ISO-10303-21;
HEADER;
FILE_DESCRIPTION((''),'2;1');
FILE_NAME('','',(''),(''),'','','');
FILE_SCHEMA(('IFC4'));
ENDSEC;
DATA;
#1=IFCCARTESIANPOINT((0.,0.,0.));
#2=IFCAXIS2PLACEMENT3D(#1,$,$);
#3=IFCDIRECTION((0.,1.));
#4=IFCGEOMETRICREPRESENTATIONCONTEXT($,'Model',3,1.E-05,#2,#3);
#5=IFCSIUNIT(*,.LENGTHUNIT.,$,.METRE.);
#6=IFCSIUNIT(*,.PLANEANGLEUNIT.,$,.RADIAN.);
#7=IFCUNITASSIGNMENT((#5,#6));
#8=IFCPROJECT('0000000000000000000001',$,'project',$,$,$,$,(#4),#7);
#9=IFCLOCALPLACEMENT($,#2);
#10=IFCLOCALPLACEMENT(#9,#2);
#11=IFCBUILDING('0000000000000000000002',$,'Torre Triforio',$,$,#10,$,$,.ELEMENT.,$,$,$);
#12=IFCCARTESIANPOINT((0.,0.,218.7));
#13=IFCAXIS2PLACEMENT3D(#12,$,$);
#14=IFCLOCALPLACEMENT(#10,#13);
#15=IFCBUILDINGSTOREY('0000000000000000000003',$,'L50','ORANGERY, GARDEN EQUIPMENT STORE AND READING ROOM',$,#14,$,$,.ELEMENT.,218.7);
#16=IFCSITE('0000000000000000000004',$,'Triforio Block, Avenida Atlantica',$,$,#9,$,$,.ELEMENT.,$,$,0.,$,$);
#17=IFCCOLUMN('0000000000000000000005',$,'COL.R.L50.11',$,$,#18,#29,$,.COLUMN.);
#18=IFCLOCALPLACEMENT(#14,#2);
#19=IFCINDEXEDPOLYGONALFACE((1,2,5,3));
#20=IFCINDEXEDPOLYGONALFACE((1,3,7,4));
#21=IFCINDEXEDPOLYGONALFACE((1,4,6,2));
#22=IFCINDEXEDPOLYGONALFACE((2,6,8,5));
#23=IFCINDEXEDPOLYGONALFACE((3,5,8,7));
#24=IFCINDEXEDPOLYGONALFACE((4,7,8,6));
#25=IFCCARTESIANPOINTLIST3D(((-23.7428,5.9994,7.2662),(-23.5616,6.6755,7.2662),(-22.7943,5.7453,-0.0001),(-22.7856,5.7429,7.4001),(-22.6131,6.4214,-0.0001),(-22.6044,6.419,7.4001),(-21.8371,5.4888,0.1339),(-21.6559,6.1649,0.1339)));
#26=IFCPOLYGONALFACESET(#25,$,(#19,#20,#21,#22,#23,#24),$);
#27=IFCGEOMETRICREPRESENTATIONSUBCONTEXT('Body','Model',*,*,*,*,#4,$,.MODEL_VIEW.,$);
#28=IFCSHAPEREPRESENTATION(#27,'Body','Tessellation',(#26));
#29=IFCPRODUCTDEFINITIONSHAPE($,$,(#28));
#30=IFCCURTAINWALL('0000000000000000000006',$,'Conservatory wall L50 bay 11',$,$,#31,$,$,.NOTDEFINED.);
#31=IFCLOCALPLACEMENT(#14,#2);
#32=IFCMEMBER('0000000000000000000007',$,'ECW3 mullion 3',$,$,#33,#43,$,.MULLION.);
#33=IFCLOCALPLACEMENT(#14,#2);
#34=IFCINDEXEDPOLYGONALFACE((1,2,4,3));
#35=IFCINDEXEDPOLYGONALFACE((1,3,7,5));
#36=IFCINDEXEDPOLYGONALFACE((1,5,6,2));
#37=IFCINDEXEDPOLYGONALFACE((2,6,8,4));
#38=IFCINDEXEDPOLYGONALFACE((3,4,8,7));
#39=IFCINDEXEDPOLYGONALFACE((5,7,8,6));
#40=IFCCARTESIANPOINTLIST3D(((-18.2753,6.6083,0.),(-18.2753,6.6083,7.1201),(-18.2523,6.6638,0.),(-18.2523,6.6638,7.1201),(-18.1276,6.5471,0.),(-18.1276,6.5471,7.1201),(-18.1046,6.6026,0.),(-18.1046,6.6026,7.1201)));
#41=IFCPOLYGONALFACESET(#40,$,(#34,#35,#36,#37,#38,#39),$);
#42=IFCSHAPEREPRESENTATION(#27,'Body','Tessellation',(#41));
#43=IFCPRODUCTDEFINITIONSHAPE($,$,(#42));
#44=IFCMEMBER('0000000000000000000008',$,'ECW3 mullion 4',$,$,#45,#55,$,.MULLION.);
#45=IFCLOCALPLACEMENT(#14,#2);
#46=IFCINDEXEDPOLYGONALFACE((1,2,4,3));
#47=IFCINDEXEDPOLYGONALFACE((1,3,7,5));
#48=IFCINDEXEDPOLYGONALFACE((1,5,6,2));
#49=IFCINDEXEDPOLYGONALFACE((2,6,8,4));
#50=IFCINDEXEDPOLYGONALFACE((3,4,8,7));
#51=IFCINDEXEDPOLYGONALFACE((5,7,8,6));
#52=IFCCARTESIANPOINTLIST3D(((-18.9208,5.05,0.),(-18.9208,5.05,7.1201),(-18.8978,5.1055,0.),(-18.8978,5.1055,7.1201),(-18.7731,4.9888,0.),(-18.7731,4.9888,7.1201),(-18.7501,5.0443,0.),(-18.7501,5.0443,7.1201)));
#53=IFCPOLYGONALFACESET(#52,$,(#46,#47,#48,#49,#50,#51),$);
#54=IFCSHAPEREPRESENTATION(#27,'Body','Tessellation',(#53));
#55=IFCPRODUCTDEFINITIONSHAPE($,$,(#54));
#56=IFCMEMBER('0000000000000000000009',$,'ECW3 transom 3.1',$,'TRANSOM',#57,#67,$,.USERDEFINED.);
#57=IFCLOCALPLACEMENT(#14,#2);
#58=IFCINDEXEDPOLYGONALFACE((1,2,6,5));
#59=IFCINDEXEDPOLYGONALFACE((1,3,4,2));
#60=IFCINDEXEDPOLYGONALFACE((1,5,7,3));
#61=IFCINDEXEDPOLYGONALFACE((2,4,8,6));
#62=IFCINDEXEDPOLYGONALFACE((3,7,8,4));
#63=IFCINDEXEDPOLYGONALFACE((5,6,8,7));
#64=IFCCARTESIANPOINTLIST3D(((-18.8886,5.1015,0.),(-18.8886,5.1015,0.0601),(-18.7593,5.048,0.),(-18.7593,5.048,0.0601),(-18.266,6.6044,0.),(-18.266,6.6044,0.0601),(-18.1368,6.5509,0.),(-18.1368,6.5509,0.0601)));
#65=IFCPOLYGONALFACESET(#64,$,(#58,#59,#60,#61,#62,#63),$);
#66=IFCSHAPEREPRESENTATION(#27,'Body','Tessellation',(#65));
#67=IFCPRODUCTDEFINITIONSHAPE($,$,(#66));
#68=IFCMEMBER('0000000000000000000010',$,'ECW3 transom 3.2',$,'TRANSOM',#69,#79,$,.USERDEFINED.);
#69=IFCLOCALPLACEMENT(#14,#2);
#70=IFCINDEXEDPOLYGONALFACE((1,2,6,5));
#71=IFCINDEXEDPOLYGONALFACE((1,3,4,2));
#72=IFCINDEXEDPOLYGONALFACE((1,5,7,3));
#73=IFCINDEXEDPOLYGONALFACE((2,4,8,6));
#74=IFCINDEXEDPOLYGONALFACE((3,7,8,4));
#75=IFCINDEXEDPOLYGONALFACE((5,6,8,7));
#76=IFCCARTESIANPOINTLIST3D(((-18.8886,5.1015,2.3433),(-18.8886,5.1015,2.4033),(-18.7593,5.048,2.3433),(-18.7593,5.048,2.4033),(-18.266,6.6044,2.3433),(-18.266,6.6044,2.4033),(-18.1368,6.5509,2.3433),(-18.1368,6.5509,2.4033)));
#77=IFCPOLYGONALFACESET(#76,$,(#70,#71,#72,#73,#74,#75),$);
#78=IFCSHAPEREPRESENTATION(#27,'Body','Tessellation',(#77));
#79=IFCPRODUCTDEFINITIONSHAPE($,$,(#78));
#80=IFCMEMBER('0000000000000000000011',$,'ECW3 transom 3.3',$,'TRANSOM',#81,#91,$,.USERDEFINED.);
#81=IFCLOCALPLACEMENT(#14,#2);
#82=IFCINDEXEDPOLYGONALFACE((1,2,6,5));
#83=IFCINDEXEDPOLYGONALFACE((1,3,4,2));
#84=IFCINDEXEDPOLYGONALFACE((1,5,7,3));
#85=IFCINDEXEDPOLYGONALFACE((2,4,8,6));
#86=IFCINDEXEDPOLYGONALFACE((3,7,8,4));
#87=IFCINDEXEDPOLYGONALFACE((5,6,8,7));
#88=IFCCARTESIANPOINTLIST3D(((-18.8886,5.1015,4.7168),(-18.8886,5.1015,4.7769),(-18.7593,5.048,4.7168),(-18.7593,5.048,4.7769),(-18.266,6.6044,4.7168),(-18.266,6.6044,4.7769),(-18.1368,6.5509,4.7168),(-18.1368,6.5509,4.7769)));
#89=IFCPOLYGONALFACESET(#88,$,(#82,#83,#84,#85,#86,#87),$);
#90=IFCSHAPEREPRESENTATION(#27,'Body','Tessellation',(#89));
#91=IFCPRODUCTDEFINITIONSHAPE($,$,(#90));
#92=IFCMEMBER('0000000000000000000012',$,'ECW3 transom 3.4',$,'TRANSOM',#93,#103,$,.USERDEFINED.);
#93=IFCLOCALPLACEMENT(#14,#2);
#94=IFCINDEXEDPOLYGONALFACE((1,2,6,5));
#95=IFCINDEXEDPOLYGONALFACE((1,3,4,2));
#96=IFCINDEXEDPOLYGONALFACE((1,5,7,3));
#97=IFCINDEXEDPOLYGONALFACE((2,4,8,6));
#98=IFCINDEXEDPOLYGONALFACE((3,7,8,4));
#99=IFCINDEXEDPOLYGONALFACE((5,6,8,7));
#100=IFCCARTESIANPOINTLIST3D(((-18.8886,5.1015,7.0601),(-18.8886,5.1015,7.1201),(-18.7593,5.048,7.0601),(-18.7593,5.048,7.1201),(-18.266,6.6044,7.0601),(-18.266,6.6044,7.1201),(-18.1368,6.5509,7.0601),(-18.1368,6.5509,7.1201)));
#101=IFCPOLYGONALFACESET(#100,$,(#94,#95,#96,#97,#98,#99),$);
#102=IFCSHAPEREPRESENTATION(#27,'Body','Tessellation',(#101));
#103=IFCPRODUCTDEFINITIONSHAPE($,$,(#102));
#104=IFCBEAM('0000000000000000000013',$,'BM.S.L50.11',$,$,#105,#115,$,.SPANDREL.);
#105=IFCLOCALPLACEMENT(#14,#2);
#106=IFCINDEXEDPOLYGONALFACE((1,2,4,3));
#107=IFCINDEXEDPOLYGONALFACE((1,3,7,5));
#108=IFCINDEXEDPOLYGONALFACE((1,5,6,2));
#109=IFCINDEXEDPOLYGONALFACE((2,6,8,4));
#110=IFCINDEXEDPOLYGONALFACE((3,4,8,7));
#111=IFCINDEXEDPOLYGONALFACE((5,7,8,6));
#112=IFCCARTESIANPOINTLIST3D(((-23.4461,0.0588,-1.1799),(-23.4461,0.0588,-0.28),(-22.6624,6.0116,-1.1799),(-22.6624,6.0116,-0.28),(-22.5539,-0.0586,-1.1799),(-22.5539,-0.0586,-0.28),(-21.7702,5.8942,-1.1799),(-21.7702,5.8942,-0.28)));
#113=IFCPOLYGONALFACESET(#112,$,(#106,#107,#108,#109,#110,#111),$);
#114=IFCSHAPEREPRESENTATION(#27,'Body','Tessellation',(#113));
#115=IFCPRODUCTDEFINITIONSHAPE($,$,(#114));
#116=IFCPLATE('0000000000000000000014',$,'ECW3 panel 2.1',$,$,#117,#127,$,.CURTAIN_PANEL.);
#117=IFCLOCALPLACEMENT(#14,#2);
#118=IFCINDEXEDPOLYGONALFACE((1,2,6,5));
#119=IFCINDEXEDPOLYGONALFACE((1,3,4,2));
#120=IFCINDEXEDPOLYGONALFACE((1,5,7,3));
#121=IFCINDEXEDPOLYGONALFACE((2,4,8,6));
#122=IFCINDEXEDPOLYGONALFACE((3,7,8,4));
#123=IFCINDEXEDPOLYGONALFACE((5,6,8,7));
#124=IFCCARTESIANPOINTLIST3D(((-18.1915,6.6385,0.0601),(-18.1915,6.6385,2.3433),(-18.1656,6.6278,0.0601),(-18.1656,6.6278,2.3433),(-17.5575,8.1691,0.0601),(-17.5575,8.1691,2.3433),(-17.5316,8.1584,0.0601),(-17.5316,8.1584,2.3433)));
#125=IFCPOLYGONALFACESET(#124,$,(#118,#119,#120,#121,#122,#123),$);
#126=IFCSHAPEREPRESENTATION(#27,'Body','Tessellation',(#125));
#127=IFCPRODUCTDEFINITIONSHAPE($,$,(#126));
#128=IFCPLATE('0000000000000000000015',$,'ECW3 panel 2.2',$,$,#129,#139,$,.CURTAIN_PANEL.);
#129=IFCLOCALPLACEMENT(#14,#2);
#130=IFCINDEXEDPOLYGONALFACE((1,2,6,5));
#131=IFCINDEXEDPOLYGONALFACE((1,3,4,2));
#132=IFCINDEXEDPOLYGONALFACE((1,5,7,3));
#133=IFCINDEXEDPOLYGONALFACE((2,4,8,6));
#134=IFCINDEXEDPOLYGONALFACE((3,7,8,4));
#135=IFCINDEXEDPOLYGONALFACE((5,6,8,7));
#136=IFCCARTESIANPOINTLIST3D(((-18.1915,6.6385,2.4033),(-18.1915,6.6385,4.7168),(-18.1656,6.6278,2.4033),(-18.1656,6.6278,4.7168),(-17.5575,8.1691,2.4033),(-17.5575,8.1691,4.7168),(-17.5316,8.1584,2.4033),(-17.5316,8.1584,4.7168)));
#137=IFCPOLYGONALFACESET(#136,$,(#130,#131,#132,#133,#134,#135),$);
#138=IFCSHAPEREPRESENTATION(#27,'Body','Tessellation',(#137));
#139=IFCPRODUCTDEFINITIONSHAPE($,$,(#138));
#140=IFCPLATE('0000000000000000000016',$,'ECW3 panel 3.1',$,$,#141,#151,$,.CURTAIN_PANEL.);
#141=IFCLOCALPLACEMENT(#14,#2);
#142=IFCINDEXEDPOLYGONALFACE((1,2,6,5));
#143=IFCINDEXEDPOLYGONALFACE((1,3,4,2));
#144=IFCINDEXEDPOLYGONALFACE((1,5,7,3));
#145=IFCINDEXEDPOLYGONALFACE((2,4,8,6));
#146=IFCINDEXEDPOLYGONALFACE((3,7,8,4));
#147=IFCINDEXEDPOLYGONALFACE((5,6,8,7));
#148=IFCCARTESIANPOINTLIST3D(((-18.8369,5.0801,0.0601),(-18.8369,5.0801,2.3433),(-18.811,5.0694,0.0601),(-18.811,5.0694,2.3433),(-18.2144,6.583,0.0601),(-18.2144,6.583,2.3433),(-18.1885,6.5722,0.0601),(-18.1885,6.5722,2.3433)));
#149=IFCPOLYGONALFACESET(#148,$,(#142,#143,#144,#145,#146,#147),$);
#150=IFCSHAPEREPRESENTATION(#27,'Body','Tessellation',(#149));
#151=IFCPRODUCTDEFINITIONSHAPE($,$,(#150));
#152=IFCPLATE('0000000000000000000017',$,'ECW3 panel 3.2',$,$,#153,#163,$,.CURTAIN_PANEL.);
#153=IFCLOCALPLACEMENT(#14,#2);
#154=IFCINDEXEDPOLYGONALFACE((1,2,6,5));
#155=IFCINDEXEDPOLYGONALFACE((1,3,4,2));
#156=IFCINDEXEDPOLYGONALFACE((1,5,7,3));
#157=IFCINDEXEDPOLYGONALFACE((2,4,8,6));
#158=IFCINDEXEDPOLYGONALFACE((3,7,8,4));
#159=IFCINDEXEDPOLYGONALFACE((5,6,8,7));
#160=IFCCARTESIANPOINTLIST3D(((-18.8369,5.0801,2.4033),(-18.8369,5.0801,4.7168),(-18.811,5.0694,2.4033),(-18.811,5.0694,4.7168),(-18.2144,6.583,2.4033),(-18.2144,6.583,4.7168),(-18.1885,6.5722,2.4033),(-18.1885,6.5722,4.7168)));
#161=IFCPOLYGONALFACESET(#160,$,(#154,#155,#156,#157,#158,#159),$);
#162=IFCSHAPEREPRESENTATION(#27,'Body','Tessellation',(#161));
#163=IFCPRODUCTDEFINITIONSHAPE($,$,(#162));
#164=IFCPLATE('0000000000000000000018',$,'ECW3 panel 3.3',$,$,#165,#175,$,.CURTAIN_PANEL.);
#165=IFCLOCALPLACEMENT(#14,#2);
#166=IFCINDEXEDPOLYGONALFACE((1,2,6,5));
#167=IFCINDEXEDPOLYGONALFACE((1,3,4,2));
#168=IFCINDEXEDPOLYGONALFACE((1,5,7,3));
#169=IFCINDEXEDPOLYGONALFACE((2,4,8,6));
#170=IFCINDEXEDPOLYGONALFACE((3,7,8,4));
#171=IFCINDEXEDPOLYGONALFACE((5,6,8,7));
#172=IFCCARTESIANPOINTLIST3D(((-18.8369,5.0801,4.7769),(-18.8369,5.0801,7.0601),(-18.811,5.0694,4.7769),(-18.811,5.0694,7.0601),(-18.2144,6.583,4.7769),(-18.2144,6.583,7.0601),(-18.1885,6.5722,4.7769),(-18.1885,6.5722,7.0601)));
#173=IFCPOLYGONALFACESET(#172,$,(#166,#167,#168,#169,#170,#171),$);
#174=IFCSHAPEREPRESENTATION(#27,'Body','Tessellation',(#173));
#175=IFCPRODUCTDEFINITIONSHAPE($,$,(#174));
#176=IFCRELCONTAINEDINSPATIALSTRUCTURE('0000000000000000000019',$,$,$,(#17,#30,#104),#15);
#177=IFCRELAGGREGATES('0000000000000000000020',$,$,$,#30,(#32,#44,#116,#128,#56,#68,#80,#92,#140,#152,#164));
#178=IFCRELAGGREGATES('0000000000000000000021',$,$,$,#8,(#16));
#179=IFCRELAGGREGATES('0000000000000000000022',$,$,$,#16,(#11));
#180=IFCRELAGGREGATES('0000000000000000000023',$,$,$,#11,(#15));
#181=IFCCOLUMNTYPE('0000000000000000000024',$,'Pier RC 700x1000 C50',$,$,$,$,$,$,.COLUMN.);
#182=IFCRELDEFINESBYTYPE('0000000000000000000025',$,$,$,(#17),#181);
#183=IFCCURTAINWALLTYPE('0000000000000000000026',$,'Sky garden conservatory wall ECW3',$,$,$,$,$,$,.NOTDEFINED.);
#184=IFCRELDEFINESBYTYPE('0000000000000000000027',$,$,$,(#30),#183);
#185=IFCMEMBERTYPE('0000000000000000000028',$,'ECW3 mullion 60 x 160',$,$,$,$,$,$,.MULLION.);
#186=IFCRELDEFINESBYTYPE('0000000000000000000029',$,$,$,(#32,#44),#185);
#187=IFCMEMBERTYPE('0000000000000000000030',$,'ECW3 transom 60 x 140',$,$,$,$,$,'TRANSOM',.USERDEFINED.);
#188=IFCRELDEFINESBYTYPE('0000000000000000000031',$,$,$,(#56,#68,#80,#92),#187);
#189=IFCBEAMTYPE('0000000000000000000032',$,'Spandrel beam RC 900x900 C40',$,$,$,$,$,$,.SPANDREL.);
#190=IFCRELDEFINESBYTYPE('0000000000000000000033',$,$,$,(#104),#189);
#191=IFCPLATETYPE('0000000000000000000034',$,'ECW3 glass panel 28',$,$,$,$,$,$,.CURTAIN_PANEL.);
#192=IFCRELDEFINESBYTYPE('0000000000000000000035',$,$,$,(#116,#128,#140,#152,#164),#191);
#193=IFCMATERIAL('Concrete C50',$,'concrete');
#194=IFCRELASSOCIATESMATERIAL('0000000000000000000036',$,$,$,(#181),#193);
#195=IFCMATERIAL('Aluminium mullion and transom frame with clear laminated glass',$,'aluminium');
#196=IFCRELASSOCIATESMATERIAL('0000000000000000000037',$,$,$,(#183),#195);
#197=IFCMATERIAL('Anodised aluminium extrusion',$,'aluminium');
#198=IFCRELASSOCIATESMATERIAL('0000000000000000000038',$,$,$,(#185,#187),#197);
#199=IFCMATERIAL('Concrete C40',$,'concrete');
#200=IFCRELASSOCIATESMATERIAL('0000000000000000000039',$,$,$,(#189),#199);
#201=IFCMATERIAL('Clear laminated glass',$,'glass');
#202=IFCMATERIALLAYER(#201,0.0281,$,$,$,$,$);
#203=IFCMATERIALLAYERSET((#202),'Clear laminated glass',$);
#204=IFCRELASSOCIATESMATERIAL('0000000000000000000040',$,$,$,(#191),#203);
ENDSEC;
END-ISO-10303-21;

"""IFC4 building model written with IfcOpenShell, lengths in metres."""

from ifc_helpers import new_model, si_unit, direction, frame, origin, origin_2d, place, context, subcontext, project, spatial, rectangle, extrude, material, layer, layer_set, material_profile, profile_set, type_object, element, aggregate, save


model = new_model("IFC4")

# Units and contexts
model_context = context("Model", 3, precision=1e-05, world=origin(), true_north=direction((0.0, 1.0)))
body_context = subcontext(model_context, "Body", "Model", "MODEL_VIEW")
ifc_project = project(units=[si_unit("LENGTHUNIT", "METRE"), si_unit("PLANEANGLEUNIT", "RADIAN")], contexts=[model_context])

# Site, building, storey
site_placement = place(None, origin())
site = spatial("IfcSite", under=ifc_project, at=site_placement, Name="Triforio Block, Avenida Atlantica", CompositionType="ELEMENT", RefElevation=0.0)
building_placement = place(site_placement, origin())
building = spatial("IfcBuilding", under=site, at=building_placement, Name="Torre Triforio", CompositionType="ELEMENT")
storey_placement = place(building_placement, frame((0.0, 0.0, 218.7)))
storey = spatial("IfcBuildingStorey", under=building, at=storey_placement, Name="L50", Description="ORANGERY, GARDEN EQUIPMENT STORE AND READING ROOM", CompositionType="ELEMENT", Elevation=218.7)

# Column
ifc_material_1 = material(Name="Concrete C50", Category="concrete")
ifc_material_profile_1 = material_profile(ifc_material_1, rectangle(XDim=0.7, YDim=1.0, at=origin_2d()), Name="RC 700x1000")
ifc_profile_set_1 = profile_set([ifc_material_profile_1], Name="Concrete C50")
column_type = type_object("IfcColumnType", Name="Pier RC 700x1000 C50", PredefinedType="COLUMN", material=ifc_profile_set_1)
column_placement = place(storey_placement, frame((-22.2251, 5.9551, 0.0669), z_axis=(-0.12936, 0.034662, 0.990992), x_axis=(-0.258823, -0.965925, 0.0)))
element("IfcColumn", 1, at=column_placement, inside=storey, type_object=column_type, Name="COL.R.L50.11", PredefinedType="COLUMN", context=body_context, shape_type="SweptSolid", body=[
    extrude(rectangle(XDim=0.7, YDim=1.0, at=origin_2d()), origin(), (0.0, 0.0, 1.0), 7.3323),
])

# Curtain wall, members
ifc_material_2 = material(Name="Aluminium mullion and transom frame with clear laminated glass", Category="aluminium")
curtain_wall_type = type_object("IfcCurtainWallType", Name="Sky garden conservatory wall ECW3", PredefinedType="NOTDEFINED", material=ifc_material_2)
curtain_wall_placement = place(storey_placement, origin())
curtain_wall = element("IfcCurtainWall", 2, at=curtain_wall_placement, inside=storey, type_object=curtain_wall_type, Name="Conservatory wall L50 bay 11", PredefinedType="NOTDEFINED")
ifc_material_3 = material(Name="Anodised aluminium extrusion", Category="aluminium")
ifc_material_profile_2 = material_profile(ifc_material_3, rectangle(XDim=0.1599, YDim=0.0601, at=origin_2d()), Name="ECW3 MULLION 60x160")
ifc_profile_set_2 = profile_set([ifc_material_profile_2], Name="Anodised aluminium extrusion")
member_type_1 = type_object("IfcMemberType", Name="ECW3 mullion 60 x 160", PredefinedType="MULLION", material=ifc_profile_set_2)
member_1_placement = place(storey_placement, frame((-18.1899, 6.6055, 0.0), z_axis=(0.0, 0.0, 1.0), x_axis=(0.923879, -0.382684, 0.0)))
member_1 = element("IfcMember", 3, at=member_1_placement, type_object=member_type_1, Name="ECW3 mullion 3", PredefinedType="MULLION", context=body_context, shape_type="SweptSolid", body=[
    extrude(rectangle(XDim=0.1599, YDim=0.0601, at=origin_2d()), origin(), (0.0, 0.0, 1.0), 7.1201),
])
member_2_placement = place(storey_placement, frame((-18.8354, 5.0471, 0.0), z_axis=(0.0, 0.0, 1.0), x_axis=(0.923879, -0.382684, 0.0)))
member_2 = element("IfcMember", 4, at=member_2_placement, type_object=member_type_1, Name="ECW3 mullion 4", PredefinedType="MULLION", context=body_context, shape_type="SweptSolid", body=[
    extrude(rectangle(XDim=0.1599, YDim=0.0601, at=origin_2d()), origin(), (0.0, 0.0, 1.0), 7.1201),
])
ifc_material_profile_3 = material_profile(ifc_material_3, rectangle(XDim=0.1399, YDim=0.0601, at=origin_2d()), Name="ECW3 TRANSOM 60x140")
ifc_profile_set_3 = profile_set([ifc_material_profile_3], Name="Anodised aluminium extrusion")
member_type_2 = type_object("IfcMemberType", Name="ECW3 transom 60 x 140", ElementType="TRANSOM", PredefinedType="USERDEFINED", material=ifc_profile_set_3)
member_3_placement = place(storey_placement, frame((-18.2014, 6.5776, 0.03), z_axis=(-0.382696, -0.923874, 0.0), x_axis=(0.923874, -0.382696, 0.0)))
member_3 = element("IfcMember", 5, at=member_3_placement, type_object=member_type_2, Name="ECW3 transom 3.1", ObjectType="TRANSOM", PredefinedType="USERDEFINED", context=body_context, shape_type="SweptSolid", body=[
    extrude(rectangle(XDim=0.1399, YDim=0.0601, at=origin_2d()), origin(), (0.0, 0.0, 1.0), 1.6267),
])
member_4_placement = place(storey_placement, frame((-18.2014, 6.5776, 2.3733), z_axis=(-0.382696, -0.923874, 0.0), x_axis=(0.923874, -0.382696, 0.0)))
member_4 = element("IfcMember", 6, at=member_4_placement, type_object=member_type_2, Name="ECW3 transom 3.2", ObjectType="TRANSOM", PredefinedType="USERDEFINED", context=body_context, shape_type="SweptSolid", body=[
    extrude(rectangle(XDim=0.1399, YDim=0.0601, at=origin_2d()), origin(), (0.0, 0.0, 1.0), 1.6267),
])
member_5_placement = place(storey_placement, frame((-18.2014, 6.5776, 4.7468), z_axis=(-0.382696, -0.923874, 0.0), x_axis=(0.923874, -0.382696, 0.0)))
member_5 = element("IfcMember", 7, at=member_5_placement, type_object=member_type_2, Name="ECW3 transom 3.3", ObjectType="TRANSOM", PredefinedType="USERDEFINED", context=body_context, shape_type="SweptSolid", body=[
    extrude(rectangle(XDim=0.1399, YDim=0.0601, at=origin_2d()), origin(), (0.0, 0.0, 1.0), 1.6267),
])
member_6_placement = place(storey_placement, frame((-18.2014, 6.5776, 7.0901), z_axis=(-0.382696, -0.923874, 0.0), x_axis=(0.923874, -0.382696, 0.0)))
member_6 = element("IfcMember", 8, at=member_6_placement, type_object=member_type_2, Name="ECW3 transom 3.4", ObjectType="TRANSOM", PredefinedType="USERDEFINED", context=body_context, shape_type="SweptSolid", body=[
    extrude(rectangle(XDim=0.1399, YDim=0.0601, at=origin_2d()), origin(), (0.0, 0.0, 1.0), 1.6267),
])

# Beam
ifc_material_4 = material(Name="Concrete C40", Category="concrete")
ifc_material_profile_4 = material_profile(ifc_material_4, rectangle(XDim=0.8999, YDim=0.8999, at=origin_2d()), Name="RC 900x900")
ifc_profile_set_4 = profile_set([ifc_material_profile_4], Name="Concrete C40")
beam_type = type_object("IfcBeamType", Name="Spandrel beam RC 900x900 C40", PredefinedType="SPANDREL", material=ifc_profile_set_4)
beam_placement = place(storey_placement, frame((-22.2163, 5.9529, -0.73), z_axis=(-0.130523, -0.991445, 0.0), x_axis=(0.991445, -0.130523, 0.0)))
element("IfcBeam", 9, at=beam_placement, inside=storey, type_object=beam_type, Name="BM.S.L50.11", PredefinedType="SPANDREL", context=body_context, shape_type="SweptSolid", body=[
    extrude(rectangle(XDim=0.8999, YDim=0.8999, at=origin_2d()), origin(), (0.0, 0.0, 1.0), 6.0042),
])

# Plates
ifc_material_5 = material(Name="Clear laminated glass", Category="glass")
ifc_layer_1 = layer(ifc_material_5, 0.0281)
ifc_layer_set_1 = layer_set([ifc_layer_1], Name="Clear laminated glass")
plate_type = type_object("IfcPlateType", Name="ECW3 glass panel 28", PredefinedType="CURTAIN_PANEL", material=ifc_layer_set_1)
plate_1_placement = place(storey_placement, frame((-17.8616, 7.3984, 0.0601), z_axis=(0.0, 0.0, 1.0), x_axis=(-0.382684, -0.923879, 0.0)))
plate_1 = element("IfcPlate", 10, at=plate_1_placement, type_object=plate_type, Name="ECW3 panel 2.1", PredefinedType="CURTAIN_PANEL", context=body_context, shape_type="SweptSolid", body=[
    extrude(rectangle(XDim=1.6567, YDim=0.0281, at=origin_2d()), origin(), (0.0, 0.0, 1.0), 2.2832),
])
plate_2_placement = place(storey_placement, frame((-17.8616, 7.3984, 2.4033), z_axis=(0.0, 0.0, 1.0), x_axis=(-0.382684, -0.923879, 0.0)))
plate_2 = element("IfcPlate", 11, at=plate_2_placement, type_object=plate_type, Name="ECW3 panel 2.2", PredefinedType="CURTAIN_PANEL", context=body_context, shape_type="SweptSolid", body=[
    extrude(rectangle(XDim=1.6567, YDim=0.0281, at=origin_2d()), origin(), (0.0, 0.0, 1.0), 2.3135),
])
plate_3_placement = place(storey_placement, frame((-18.5127, 5.8262, 0.0601), z_axis=(0.0, 0.0, 1.0), x_axis=(-0.382684, -0.923879, 0.0)))
plate_3 = element("IfcPlate", 12, at=plate_3_placement, type_object=plate_type, Name="ECW3 panel 3.1", PredefinedType="CURTAIN_PANEL", context=body_context, shape_type="SweptSolid", body=[
    extrude(rectangle(XDim=1.6267, YDim=0.0281, at=origin_2d()), origin(), (0.0, 0.0, 1.0), 2.2832),
])
plate_4_placement = place(storey_placement, frame((-18.5127, 5.8262, 2.4033), z_axis=(0.0, 0.0, 1.0), x_axis=(-0.382684, -0.923879, 0.0)))
plate_4 = element("IfcPlate", 13, at=plate_4_placement, type_object=plate_type, Name="ECW3 panel 3.2", PredefinedType="CURTAIN_PANEL", context=body_context, shape_type="SweptSolid", body=[
    extrude(rectangle(XDim=1.6267, YDim=0.0281, at=origin_2d()), origin(), (0.0, 0.0, 1.0), 2.3135),
])
plate_5_placement = place(storey_placement, frame((-18.5127, 5.8262, 4.7769), z_axis=(0.0, 0.0, 1.0), x_axis=(-0.382684, -0.923879, 0.0)))
plate_5 = element("IfcPlate", 14, at=plate_5_placement, type_object=plate_type, Name="ECW3 panel 3.3", PredefinedType="CURTAIN_PANEL", context=body_context, shape_type="SweptSolid", body=[
    extrude(rectangle(XDim=1.6267, YDim=0.0281, at=origin_2d()), origin(), (0.0, 0.0, 1.0), 2.2832),
])
aggregate(curtain_wall, [member_1, member_2, plate_1, plate_2, member_3, member_4, member_5, member_6, plate_3, plate_4, plate_5])

save(model, "model.ifc")
